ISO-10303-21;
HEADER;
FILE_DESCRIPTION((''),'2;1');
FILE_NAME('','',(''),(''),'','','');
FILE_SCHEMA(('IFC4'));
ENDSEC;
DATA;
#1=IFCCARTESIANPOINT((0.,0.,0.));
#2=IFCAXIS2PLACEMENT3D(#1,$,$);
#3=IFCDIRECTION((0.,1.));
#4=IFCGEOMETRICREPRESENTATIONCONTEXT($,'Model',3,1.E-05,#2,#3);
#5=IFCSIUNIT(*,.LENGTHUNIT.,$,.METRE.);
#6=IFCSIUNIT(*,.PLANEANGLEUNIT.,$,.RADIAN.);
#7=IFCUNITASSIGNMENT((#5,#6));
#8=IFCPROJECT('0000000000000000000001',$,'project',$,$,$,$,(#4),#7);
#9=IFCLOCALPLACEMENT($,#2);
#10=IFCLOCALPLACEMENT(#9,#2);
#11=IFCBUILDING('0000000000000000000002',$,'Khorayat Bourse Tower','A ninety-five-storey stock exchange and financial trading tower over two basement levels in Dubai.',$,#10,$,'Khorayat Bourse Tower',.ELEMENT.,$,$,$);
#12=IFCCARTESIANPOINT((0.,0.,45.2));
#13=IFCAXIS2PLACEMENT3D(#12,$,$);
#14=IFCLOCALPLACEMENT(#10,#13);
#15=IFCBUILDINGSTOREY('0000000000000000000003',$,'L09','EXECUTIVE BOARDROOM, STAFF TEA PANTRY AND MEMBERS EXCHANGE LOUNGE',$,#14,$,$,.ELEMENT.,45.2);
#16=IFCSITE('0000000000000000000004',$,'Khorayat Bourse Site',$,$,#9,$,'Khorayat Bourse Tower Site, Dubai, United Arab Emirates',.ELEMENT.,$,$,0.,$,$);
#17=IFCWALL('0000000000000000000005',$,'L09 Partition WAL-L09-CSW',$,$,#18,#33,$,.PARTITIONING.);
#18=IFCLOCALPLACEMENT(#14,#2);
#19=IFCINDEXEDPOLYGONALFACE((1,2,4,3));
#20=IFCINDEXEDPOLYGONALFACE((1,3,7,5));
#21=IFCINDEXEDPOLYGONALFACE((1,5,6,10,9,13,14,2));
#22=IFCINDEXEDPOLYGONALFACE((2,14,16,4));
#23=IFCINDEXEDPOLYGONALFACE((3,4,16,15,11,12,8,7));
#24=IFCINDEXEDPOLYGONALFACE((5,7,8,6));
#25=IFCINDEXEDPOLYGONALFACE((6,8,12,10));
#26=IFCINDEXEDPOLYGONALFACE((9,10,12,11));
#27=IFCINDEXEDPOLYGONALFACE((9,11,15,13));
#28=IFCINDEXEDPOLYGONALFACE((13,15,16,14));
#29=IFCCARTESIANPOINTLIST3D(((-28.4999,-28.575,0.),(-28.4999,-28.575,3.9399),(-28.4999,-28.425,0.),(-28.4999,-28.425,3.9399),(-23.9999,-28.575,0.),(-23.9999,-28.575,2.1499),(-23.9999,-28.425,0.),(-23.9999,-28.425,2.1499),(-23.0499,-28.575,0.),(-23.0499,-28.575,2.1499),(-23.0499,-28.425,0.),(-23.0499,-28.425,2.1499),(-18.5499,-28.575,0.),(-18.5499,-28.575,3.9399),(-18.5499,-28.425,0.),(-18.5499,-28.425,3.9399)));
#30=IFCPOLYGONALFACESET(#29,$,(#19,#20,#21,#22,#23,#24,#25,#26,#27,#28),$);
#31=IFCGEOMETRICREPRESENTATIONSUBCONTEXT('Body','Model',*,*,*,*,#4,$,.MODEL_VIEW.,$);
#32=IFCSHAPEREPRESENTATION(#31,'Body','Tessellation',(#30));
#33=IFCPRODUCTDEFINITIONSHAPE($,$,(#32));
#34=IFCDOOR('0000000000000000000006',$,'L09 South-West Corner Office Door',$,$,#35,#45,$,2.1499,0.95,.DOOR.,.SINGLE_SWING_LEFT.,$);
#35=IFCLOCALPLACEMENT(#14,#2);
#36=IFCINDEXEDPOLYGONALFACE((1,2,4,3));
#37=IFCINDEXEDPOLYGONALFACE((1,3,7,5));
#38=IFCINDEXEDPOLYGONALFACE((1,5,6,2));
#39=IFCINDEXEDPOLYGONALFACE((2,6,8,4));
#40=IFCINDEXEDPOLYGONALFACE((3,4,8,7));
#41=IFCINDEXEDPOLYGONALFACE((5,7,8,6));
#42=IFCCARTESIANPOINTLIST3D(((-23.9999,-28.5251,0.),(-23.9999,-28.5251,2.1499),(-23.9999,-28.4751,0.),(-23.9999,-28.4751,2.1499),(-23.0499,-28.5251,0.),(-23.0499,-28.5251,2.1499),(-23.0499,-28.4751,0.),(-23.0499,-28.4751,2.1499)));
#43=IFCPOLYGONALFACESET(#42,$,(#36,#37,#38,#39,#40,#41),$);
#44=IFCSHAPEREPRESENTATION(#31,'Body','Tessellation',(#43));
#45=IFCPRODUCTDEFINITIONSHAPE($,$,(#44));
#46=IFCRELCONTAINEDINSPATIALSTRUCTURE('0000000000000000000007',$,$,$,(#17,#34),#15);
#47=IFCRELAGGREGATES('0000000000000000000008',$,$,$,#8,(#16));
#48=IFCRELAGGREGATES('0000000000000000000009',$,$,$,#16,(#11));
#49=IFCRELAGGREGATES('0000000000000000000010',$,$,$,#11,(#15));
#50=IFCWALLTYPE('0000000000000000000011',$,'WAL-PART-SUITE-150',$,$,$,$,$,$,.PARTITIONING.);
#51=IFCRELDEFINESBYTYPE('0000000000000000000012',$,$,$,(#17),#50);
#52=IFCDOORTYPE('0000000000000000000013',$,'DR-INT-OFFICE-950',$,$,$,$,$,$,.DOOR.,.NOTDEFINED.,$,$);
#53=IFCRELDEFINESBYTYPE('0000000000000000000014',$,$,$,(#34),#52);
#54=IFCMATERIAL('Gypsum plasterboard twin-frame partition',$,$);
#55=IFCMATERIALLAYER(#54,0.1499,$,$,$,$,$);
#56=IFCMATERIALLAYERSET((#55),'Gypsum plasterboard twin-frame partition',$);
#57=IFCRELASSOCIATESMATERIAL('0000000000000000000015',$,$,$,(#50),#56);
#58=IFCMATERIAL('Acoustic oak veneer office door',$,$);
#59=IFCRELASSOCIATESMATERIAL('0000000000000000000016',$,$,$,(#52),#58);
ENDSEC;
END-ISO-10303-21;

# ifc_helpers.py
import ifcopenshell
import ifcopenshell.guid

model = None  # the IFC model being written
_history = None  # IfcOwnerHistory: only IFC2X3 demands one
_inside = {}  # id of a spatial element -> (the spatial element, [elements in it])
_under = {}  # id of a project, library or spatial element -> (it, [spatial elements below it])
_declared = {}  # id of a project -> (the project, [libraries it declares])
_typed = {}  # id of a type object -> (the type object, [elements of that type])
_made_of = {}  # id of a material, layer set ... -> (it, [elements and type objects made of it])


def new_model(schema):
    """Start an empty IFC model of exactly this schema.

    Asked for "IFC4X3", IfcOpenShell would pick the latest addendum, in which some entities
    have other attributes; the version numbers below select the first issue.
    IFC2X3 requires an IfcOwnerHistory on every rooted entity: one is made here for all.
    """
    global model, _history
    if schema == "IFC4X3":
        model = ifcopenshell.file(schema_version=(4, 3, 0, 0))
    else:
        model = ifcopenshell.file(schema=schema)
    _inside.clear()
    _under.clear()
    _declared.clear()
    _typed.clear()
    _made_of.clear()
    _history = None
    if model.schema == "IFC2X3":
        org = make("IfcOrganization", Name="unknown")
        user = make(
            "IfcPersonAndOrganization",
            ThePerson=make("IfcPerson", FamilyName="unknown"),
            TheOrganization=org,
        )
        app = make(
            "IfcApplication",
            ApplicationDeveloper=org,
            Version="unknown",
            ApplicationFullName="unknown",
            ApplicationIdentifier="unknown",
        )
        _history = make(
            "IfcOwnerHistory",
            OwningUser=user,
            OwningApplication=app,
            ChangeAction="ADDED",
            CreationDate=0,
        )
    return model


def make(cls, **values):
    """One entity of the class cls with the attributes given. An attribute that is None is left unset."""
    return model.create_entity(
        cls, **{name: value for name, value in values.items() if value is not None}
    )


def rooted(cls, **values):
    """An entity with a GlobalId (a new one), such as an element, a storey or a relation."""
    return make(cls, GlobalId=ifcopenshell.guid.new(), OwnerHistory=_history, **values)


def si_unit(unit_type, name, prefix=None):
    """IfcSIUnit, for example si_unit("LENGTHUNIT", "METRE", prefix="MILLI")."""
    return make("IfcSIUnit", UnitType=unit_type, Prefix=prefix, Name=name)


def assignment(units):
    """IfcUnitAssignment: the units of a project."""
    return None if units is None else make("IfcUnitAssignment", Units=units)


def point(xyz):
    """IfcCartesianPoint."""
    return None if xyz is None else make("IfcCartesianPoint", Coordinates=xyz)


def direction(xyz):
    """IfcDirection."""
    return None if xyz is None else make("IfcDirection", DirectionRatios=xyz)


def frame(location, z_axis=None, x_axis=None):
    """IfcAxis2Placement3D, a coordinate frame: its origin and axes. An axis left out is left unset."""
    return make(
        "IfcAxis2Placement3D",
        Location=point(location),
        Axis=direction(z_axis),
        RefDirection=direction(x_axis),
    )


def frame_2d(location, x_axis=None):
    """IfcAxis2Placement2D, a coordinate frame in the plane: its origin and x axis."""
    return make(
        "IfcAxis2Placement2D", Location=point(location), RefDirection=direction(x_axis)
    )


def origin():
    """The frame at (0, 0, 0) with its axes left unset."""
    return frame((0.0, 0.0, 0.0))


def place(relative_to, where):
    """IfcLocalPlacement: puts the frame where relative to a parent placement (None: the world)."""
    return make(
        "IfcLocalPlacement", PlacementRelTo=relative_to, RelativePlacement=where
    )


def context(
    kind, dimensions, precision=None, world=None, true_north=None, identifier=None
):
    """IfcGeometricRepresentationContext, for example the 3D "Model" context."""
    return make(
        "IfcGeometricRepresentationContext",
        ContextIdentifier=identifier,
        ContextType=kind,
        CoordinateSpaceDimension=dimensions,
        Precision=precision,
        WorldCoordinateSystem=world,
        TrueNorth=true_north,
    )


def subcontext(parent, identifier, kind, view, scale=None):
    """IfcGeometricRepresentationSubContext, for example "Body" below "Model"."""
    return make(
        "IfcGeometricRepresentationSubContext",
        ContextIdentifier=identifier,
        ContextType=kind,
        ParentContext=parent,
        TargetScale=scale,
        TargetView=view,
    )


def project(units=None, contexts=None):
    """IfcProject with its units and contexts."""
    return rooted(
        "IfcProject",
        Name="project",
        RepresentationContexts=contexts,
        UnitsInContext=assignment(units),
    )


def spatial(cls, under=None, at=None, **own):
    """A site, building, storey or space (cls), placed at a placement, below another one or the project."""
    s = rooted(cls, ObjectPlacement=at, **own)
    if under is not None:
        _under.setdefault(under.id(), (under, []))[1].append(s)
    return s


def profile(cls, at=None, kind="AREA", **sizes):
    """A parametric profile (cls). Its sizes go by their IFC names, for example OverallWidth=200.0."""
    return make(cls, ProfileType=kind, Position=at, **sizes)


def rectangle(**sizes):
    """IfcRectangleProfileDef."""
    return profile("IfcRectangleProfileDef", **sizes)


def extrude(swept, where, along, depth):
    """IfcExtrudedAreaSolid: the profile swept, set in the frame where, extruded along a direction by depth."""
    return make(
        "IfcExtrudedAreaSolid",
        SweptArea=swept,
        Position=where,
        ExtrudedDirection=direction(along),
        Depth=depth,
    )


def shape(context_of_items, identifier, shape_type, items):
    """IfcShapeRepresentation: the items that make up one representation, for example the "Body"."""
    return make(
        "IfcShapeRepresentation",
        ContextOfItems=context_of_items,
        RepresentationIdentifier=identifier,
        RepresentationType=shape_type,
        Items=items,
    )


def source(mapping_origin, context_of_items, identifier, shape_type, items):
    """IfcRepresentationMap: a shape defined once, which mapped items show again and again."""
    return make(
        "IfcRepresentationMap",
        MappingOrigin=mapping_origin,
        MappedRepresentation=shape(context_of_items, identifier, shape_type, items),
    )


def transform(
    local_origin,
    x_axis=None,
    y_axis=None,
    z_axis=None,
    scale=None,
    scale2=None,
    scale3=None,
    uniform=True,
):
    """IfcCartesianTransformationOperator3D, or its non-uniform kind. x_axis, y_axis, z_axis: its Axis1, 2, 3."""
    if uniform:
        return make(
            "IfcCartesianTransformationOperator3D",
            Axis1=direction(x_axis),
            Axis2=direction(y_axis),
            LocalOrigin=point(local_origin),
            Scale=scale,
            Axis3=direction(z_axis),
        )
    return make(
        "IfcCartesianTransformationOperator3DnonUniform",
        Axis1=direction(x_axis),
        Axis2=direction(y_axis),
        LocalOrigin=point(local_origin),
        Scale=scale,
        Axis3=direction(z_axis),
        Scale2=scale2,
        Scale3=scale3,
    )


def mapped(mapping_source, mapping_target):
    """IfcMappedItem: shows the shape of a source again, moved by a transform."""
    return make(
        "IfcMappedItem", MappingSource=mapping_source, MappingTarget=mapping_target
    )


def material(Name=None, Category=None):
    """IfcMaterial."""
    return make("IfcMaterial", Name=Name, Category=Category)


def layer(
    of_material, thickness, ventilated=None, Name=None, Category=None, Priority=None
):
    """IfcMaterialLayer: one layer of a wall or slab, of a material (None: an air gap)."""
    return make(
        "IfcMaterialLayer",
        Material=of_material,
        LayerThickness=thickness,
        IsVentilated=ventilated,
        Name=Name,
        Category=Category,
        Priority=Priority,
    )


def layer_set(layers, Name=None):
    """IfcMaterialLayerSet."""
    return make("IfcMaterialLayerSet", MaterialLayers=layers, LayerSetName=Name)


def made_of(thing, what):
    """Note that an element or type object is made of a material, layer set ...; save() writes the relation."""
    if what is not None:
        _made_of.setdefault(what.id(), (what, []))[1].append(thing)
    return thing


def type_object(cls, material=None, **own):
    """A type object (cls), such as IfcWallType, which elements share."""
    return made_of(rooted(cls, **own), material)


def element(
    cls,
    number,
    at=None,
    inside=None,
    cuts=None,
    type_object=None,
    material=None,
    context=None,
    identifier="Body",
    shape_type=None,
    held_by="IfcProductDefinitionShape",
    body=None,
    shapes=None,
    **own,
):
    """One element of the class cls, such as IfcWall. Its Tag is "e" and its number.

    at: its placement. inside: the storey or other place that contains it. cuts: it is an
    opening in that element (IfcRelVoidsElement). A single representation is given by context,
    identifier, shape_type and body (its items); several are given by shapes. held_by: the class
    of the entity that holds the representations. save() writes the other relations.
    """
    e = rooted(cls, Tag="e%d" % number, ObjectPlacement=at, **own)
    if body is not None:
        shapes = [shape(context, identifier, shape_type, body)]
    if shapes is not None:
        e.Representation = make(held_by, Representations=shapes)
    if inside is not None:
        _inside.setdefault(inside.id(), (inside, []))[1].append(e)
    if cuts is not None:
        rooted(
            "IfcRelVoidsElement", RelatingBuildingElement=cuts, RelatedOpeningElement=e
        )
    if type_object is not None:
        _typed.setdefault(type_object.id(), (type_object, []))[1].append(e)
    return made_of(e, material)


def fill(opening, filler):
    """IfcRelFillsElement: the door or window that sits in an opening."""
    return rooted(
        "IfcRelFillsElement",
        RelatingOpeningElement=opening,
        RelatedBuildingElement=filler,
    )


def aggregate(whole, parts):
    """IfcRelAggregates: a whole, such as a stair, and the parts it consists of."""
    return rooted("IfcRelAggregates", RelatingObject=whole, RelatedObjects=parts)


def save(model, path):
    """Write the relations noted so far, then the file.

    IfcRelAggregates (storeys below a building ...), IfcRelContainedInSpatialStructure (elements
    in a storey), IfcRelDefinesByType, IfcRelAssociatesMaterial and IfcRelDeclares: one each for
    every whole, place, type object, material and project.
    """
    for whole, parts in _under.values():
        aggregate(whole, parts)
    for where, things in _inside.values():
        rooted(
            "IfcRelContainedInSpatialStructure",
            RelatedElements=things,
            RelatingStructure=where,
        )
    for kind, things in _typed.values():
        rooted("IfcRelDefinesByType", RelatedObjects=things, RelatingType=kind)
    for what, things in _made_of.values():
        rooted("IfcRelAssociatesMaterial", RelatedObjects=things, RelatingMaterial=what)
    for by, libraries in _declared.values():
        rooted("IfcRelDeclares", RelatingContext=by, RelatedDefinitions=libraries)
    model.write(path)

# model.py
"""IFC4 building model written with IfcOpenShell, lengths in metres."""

from ifc_helpers import new_model, si_unit, direction, frame, frame_2d, origin, place, context, subcontext, project, spatial, rectangle, extrude, source, transform, mapped, material, layer, layer_set, type_object, element, fill, save


model = new_model("IFC4")

# Units and contexts
model_context = context("Model", 3, precision=1e-05, world=origin(), true_north=direction((0.0, 1.0)))
body_context = subcontext(model_context, "Body", "Model", "MODEL_VIEW")
ifc_project = project(units=[si_unit("LENGTHUNIT", "METRE"), si_unit("PLANEANGLEUNIT", "RADIAN")], contexts=[model_context])

# Site, building, storey
site_placement = place(None, origin())
site = spatial("IfcSite", under=ifc_project, at=site_placement, Name="Khorayat Bourse Site", LongName="Khorayat Bourse Tower Site, Dubai, United Arab Emirates", CompositionType="ELEMENT", RefElevation=0.0)
building_placement = place(site_placement, origin())
building = spatial("IfcBuilding", under=site, at=building_placement, Name="Khorayat Bourse Tower", Description="A ninety-five-storey stock exchange and financial trading tower over two basement levels in Dubai.", LongName="Khorayat Bourse Tower", CompositionType="ELEMENT")
storey_placement = place(building_placement, frame((0.0, 0.0, 45.2)))
storey = spatial("IfcBuildingStorey", under=building, at=storey_placement, Name="L09", Description="EXECUTIVE BOARDROOM, STAFF TEA PANTRY AND MEMBERS EXCHANGE LOUNGE", CompositionType="ELEMENT", Elevation=45.2)

# Wall, opening, door
ifc_material_1 = material(Name="Gypsum plasterboard twin-frame partition")
ifc_layer_1 = layer(ifc_material_1, 0.1499)
ifc_layer_set_1 = layer_set([ifc_layer_1], Name="Gypsum plasterboard twin-frame partition")
wall_type_1 = type_object("IfcWallType", Name="WAL-PART-SUITE-150", PredefinedType="PARTITIONING", material=ifc_layer_set_1)
shared_shape_1 = source(origin(), body_context, "Body", "SweptSolid", [
    extrude(rectangle(XDim=9.95, YDim=0.1499, at=frame_2d((4.9751, 0.0))), origin(), (0.0, 0.0, 1.0), 3.9399),
])
wall_1_placement = place(storey_placement, frame((-28.5, -28.5, 0.0), z_axis=(0.0, 0.0, 1.0), x_axis=(1.0, 0.0, 0.0)))
wall_1 = element("IfcWall", 1, at=wall_1_placement, inside=storey, type_object=wall_type_1, Name="L09 Partition WAL-L09-CSW", PredefinedType="PARTITIONING", context=body_context, shape_type="MappedRepresentation", body=[
    mapped(shared_shape_1, transform((0.0, 0.0, 0.0), scale=1.0)),
])
shared_shape_2 = source(origin(), body_context, "Body", "SweptSolid", [
    extrude(rectangle(XDim=0.95, YDim=2.1499, at=frame_2d((0.4751, 1.075))), frame((0.0, 0.085, 0.0), z_axis=(0.0, -1.0, 0.0), x_axis=(1.0, 0.0, 0.0)), (0.0, 0.0, 1.0), 0.1699),
])
opening_1_placement = place(wall_1_placement, frame((4.5, 0.0, 0.0)))
opening_1 = element("IfcOpeningElement", 2, at=opening_1_placement, cuts=wall_1, PredefinedType="OPENING", context=body_context, shape_type="MappedRepresentation", body=[
    mapped(shared_shape_2, transform((0.0, 0.0, 0.0), scale=1.0)),
])
ifc_material_2 = material(Name="Acoustic oak veneer office door")
door_type = type_object("IfcDoorType", Name="DR-INT-OFFICE-950", OperationType="NOTDEFINED", PredefinedType="DOOR", material=ifc_material_2)
shared_shape_3 = source(origin(), body_context, "Body", "SweptSolid", [
    extrude(rectangle(XDim=0.95, YDim=2.1499, at=frame_2d((0.4751, 1.075))), frame((0.0, 0.0249, 0.0), z_axis=(0.0, -1.0, 0.0), x_axis=(1.0, 0.0, 0.0)), (0.0, 0.0, 1.0), 0.05),
])
door_placement = place(opening_1_placement, origin())
door = element("IfcDoor", 3, at=door_placement, inside=storey, type_object=door_type, Name="L09 South-West Corner Office Door", OperationType="SINGLE_SWING_LEFT", OverallHeight=2.1499, OverallWidth=0.95, PredefinedType="DOOR", context=body_context, shape_type="MappedRepresentation", body=[
    mapped(shared_shape_3, transform((0.0, 0.0, 0.0), scale=1.0)),
])
fill(opening_1, door)

save(model, "model.ifc")
